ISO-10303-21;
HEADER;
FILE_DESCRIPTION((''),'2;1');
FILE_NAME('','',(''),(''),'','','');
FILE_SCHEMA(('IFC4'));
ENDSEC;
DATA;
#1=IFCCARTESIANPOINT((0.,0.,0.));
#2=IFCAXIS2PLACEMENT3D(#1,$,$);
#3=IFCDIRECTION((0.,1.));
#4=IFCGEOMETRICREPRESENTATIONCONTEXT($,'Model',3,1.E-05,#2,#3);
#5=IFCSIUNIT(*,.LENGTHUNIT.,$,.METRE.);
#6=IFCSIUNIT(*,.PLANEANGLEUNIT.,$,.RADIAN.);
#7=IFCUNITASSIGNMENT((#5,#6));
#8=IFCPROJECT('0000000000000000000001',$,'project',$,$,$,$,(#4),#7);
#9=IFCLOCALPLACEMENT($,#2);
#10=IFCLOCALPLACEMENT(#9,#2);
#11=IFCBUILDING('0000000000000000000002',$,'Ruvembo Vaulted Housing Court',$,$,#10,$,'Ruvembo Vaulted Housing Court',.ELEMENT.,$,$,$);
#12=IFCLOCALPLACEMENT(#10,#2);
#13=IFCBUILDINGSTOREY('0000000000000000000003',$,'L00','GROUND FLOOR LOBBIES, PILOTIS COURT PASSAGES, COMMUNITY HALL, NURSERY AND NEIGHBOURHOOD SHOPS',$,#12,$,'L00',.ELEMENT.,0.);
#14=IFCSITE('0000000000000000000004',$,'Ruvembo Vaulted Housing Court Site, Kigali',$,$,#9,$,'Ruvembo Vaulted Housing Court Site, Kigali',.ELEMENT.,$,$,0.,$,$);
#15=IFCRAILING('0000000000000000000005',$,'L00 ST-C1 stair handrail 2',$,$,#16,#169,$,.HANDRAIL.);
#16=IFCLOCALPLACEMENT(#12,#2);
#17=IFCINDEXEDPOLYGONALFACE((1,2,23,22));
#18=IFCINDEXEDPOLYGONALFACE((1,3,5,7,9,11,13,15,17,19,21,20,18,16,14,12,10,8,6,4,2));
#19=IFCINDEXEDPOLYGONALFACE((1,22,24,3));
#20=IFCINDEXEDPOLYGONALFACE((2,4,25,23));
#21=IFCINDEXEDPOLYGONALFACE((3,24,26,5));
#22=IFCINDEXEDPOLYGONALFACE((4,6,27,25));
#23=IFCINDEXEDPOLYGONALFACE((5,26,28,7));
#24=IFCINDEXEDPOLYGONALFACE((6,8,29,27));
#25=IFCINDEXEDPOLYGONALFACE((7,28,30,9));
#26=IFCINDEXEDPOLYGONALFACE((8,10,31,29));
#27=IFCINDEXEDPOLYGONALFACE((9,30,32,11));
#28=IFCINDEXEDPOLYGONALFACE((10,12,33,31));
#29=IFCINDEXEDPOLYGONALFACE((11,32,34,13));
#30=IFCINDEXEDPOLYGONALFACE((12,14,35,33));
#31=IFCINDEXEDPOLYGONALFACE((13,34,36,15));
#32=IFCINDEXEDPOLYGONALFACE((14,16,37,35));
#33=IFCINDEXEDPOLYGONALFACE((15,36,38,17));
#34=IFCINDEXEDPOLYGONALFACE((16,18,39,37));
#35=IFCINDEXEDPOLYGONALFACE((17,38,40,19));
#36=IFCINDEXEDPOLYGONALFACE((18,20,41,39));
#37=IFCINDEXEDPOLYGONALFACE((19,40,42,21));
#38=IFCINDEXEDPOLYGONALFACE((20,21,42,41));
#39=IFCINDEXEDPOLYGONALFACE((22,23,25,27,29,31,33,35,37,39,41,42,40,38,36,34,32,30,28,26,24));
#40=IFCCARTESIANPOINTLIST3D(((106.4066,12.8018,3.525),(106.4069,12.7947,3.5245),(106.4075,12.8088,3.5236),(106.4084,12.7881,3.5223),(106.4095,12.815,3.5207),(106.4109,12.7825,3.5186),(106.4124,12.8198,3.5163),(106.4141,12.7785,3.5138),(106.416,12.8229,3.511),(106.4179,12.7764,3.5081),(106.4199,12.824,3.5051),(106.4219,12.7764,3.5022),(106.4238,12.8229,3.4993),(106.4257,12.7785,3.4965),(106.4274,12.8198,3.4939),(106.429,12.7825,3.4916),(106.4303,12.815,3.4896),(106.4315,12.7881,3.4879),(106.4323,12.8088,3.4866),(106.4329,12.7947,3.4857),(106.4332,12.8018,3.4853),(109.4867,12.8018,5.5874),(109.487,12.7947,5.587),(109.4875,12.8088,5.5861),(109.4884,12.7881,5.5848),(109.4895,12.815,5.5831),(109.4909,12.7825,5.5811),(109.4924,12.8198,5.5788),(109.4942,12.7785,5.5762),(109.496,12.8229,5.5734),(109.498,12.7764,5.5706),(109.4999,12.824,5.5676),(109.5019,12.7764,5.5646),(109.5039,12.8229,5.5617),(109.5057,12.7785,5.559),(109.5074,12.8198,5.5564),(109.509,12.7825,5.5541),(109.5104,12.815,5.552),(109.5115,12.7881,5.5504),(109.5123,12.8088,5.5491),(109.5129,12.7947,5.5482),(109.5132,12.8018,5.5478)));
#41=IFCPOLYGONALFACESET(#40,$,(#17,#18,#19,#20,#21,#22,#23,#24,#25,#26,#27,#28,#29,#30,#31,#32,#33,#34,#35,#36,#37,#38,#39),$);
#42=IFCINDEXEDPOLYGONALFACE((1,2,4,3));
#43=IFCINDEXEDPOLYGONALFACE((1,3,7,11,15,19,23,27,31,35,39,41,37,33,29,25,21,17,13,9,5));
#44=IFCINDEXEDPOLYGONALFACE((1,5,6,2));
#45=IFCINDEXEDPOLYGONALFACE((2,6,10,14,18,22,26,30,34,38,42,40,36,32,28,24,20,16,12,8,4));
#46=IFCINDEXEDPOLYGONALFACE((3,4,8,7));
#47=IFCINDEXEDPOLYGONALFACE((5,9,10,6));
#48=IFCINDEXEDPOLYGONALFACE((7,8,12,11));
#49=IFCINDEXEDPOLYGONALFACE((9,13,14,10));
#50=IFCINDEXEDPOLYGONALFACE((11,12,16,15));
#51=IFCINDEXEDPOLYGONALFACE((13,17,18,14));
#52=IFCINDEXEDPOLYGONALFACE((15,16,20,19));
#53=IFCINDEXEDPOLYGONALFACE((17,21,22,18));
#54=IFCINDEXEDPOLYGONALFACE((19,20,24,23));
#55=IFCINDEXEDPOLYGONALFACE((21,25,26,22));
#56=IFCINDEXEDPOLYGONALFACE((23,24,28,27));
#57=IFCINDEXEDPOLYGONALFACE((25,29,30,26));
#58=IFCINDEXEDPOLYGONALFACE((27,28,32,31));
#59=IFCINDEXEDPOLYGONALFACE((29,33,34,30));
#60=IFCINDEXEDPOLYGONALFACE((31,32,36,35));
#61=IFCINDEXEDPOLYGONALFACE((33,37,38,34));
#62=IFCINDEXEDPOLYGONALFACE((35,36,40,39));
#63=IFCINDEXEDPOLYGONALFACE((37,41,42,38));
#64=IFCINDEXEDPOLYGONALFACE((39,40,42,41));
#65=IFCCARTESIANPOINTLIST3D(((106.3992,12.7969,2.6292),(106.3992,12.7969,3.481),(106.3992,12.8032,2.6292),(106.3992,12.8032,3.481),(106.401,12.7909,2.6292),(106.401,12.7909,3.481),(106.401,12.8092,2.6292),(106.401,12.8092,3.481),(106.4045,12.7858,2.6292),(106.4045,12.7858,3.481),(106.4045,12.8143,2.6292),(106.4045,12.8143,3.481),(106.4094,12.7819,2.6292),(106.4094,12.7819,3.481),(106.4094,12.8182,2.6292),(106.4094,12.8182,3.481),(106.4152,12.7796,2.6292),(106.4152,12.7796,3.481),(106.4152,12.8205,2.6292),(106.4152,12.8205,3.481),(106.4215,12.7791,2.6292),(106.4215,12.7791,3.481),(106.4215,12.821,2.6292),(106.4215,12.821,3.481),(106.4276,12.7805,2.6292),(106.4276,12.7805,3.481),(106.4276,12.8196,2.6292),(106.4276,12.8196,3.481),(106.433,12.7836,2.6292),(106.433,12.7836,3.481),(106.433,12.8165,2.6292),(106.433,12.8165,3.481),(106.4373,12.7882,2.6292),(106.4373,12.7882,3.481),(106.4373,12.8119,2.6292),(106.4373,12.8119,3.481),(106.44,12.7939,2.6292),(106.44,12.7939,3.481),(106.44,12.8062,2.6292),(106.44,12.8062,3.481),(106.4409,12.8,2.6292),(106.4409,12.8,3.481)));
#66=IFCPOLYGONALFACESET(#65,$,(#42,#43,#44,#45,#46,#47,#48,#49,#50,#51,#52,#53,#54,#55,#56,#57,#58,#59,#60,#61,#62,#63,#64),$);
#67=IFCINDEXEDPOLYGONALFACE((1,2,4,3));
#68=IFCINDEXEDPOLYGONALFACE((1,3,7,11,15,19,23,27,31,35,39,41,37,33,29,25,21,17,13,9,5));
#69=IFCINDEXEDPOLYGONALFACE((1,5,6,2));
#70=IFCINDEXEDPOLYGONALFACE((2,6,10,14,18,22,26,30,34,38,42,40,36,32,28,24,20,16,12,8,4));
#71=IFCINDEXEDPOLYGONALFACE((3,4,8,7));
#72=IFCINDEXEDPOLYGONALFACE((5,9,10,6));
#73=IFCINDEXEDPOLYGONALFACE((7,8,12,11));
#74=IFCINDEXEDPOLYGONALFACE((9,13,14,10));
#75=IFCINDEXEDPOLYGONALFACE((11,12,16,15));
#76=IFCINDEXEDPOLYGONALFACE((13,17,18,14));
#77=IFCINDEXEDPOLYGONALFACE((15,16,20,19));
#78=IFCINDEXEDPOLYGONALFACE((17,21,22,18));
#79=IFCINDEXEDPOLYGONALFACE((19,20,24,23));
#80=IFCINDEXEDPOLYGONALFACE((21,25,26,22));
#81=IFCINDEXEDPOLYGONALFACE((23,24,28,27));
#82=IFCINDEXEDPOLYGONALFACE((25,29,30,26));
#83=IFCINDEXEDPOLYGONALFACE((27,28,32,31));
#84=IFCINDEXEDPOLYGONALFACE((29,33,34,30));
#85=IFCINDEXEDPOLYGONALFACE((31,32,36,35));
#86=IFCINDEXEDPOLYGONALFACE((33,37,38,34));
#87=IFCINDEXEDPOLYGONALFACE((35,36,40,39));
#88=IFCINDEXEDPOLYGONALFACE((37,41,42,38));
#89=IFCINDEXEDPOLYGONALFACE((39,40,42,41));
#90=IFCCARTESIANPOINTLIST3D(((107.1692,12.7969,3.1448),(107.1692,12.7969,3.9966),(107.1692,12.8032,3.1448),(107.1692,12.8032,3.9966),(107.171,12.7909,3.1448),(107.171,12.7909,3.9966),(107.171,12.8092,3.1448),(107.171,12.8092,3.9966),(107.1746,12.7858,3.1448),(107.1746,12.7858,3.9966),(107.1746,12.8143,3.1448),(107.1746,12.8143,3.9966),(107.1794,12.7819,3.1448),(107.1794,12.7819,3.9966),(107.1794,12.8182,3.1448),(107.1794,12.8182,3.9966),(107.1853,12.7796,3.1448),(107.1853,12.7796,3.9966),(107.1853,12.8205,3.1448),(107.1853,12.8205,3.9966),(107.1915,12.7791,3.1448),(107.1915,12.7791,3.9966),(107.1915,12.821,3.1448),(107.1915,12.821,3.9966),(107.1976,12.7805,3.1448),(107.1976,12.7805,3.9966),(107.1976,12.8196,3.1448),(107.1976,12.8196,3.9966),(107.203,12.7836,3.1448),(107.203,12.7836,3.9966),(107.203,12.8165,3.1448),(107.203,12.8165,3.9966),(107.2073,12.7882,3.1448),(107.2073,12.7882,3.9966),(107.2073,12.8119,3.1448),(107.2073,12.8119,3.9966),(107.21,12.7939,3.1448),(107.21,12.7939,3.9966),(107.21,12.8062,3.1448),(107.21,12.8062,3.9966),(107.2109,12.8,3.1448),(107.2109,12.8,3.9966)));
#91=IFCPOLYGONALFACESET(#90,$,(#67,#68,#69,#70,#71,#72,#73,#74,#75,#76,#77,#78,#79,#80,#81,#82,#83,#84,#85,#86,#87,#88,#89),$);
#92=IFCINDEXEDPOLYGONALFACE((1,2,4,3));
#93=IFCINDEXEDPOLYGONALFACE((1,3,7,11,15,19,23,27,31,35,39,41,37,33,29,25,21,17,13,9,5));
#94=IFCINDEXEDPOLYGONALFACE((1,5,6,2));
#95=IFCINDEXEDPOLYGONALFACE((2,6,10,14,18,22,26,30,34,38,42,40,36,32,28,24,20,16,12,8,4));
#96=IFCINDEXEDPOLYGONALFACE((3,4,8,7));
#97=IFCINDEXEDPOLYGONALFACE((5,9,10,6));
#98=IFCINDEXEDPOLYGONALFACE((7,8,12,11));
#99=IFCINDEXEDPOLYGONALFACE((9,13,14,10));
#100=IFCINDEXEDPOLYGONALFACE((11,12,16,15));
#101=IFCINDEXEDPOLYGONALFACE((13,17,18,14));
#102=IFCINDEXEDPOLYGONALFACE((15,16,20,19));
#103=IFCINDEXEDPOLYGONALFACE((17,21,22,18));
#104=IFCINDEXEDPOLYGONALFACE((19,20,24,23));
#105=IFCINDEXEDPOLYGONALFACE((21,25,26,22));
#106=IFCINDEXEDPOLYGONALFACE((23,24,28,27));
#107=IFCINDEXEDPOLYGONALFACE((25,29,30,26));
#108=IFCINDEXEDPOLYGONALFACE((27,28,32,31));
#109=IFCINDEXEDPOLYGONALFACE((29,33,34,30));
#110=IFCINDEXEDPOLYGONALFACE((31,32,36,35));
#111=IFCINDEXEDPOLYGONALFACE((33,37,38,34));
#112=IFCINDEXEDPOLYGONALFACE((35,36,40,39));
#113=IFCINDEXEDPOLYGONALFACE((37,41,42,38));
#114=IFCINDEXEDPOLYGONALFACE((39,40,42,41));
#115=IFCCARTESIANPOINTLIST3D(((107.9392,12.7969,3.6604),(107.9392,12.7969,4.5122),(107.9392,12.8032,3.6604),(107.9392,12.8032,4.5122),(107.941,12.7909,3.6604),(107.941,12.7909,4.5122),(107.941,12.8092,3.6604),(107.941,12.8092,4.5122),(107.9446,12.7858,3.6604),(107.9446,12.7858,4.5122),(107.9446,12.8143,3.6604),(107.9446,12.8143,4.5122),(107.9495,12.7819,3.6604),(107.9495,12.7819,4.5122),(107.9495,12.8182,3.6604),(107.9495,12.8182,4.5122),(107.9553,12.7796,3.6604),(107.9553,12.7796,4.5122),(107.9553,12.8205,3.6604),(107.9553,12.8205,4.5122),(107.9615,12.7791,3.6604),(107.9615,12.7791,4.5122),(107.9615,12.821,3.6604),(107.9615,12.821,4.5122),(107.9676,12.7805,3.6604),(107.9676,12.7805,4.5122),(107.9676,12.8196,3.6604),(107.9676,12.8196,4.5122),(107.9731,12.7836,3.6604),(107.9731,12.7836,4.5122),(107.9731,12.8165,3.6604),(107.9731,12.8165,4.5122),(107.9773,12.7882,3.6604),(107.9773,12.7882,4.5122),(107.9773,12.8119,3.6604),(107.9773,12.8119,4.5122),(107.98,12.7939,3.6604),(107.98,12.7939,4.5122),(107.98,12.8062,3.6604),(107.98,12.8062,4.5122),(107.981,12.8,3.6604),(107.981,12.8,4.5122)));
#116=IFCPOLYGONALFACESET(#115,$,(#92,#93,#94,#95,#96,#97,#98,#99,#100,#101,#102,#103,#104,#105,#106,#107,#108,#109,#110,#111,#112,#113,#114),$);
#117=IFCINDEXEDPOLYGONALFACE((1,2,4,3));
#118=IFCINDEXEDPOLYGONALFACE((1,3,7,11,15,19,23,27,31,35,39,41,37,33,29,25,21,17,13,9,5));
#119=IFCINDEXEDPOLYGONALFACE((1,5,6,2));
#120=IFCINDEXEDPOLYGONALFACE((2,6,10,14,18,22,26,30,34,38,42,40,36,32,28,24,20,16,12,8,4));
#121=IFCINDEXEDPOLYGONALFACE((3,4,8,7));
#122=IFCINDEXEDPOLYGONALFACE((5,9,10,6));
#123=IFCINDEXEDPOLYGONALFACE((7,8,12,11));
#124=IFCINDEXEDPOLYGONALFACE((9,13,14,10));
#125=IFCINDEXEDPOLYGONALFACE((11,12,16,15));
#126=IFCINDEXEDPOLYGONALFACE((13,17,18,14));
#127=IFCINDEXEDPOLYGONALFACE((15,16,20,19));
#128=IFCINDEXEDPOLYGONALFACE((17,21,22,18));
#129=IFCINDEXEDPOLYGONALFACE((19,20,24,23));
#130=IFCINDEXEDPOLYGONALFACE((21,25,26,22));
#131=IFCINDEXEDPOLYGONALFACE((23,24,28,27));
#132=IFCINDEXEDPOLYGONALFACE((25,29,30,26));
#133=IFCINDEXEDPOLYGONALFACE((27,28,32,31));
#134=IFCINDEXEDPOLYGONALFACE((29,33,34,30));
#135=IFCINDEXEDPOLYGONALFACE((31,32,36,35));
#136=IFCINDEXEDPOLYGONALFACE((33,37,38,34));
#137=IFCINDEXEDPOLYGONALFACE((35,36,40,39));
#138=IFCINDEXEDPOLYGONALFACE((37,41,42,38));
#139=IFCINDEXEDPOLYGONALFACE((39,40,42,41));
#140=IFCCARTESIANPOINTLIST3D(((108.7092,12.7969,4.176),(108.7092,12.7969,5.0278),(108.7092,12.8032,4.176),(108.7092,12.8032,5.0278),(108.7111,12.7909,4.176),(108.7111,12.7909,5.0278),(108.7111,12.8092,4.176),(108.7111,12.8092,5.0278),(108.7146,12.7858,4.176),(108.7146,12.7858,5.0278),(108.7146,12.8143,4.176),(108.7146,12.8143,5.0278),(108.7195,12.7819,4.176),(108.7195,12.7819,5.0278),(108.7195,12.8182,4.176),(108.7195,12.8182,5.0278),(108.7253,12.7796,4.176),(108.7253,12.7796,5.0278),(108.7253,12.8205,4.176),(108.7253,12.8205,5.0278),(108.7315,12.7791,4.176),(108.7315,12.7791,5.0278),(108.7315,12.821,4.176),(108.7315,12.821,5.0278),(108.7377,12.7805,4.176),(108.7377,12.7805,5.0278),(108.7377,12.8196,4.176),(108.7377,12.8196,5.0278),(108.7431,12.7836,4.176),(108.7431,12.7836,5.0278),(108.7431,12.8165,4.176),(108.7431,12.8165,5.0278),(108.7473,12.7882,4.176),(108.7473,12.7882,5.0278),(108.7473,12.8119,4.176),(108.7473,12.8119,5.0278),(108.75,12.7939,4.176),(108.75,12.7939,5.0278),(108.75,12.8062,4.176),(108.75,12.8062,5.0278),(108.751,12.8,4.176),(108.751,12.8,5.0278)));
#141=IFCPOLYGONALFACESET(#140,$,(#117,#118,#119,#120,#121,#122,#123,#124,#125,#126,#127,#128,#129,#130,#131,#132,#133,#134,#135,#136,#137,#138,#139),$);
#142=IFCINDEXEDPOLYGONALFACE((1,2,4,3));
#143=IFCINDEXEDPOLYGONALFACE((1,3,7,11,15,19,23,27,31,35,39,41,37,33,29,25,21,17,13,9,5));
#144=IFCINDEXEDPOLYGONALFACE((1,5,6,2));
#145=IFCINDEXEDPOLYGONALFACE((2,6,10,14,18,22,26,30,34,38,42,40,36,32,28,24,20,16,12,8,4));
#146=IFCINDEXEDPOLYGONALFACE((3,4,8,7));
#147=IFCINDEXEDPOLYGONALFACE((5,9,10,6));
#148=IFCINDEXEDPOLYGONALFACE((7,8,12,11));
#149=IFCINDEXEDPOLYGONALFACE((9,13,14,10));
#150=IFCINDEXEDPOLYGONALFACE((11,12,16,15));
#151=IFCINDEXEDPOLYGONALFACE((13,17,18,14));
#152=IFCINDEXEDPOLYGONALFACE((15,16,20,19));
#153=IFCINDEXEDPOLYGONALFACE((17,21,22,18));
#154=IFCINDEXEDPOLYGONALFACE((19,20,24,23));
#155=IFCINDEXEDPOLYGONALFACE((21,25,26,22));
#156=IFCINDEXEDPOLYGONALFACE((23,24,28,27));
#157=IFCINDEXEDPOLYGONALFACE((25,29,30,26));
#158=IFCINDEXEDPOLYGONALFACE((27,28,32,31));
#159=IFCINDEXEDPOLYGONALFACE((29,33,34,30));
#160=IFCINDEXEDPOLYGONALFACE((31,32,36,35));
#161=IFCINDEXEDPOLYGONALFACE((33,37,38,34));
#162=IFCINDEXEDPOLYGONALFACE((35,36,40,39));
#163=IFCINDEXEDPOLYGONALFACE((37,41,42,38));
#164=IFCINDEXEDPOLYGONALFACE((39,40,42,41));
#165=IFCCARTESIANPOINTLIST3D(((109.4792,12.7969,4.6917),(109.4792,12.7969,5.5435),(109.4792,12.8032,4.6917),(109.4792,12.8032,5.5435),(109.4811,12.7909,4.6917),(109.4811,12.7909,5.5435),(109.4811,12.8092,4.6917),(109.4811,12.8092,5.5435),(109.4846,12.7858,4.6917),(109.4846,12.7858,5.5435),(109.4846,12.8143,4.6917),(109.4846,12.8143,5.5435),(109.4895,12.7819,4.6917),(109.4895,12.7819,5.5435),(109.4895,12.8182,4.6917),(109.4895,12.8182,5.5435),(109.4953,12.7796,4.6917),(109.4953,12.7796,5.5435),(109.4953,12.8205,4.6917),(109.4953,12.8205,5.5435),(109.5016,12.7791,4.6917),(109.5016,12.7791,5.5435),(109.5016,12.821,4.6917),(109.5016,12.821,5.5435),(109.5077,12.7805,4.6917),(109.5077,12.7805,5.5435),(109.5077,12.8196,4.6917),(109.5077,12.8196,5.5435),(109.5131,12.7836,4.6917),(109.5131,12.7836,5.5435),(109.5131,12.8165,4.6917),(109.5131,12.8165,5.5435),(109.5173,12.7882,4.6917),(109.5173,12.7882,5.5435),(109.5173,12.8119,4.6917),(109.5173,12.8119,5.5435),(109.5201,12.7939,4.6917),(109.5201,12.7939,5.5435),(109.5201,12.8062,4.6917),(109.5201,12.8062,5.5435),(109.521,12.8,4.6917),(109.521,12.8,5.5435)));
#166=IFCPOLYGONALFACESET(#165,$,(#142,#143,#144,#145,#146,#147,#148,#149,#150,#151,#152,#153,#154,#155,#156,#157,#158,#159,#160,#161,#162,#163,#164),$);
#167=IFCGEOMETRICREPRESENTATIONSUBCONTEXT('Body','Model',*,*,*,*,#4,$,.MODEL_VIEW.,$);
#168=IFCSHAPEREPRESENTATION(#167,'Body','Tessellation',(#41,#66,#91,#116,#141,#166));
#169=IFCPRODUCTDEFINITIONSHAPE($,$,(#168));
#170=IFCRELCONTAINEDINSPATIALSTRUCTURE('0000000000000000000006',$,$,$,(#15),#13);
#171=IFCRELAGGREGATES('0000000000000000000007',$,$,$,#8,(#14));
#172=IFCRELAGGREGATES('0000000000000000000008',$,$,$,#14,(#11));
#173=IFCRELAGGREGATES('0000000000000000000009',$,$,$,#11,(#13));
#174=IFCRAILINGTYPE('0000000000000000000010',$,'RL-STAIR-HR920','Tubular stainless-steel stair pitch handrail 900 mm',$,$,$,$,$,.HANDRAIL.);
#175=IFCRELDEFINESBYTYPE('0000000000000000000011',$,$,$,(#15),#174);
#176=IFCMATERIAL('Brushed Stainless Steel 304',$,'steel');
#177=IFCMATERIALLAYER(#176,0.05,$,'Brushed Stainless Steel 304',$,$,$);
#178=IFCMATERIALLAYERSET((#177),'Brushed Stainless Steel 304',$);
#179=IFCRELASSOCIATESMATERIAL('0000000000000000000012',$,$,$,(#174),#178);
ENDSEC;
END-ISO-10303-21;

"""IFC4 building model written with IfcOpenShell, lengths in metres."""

from ifc_helpers import new_model, si_unit, direction, frame, origin, origin_2d, place, context, subcontext, project, spatial, circle, extrude, material, layer, layer_set, type_object, element, save


model = new_model("IFC4")

# Units and contexts
model_context = context("Model", 3, precision=1e-05, world=origin(), true_north=direction((0.0, 1.0)))
body_context = subcontext(model_context, "Body", "Model", "MODEL_VIEW")
ifc_project = project(units=[si_unit("LENGTHUNIT", "METRE"), si_unit("PLANEANGLEUNIT", "RADIAN")], contexts=[model_context])

# Site, building, storey
site_placement = place(None, origin())
site = spatial("IfcSite", under=ifc_project, at=site_placement, Name="Ruvembo Vaulted Housing Court Site, Kigali", LongName="Ruvembo Vaulted Housing Court Site, Kigali", CompositionType="ELEMENT", RefElevation=0.0)
building_placement = place(site_placement, origin())
building = spatial("IfcBuilding", under=site, at=building_placement, Name="Ruvembo Vaulted Housing Court", LongName="Ruvembo Vaulted Housing Court", CompositionType="ELEMENT")
storey_placement = place(building_placement, origin())
storey = spatial("IfcBuildingStorey", under=building, at=storey_placement, Name="L00", Description="GROUND FLOOR LOBBIES, PILOTIS COURT PASSAGES, COMMUNITY HALL, NURSERY AND NEIGHBOURHOOD SHOPS", LongName="L00", CompositionType="ELEMENT", Elevation=0.0)

# Railing
ifc_material_1 = material(Name="Brushed Stainless Steel 304", Category="steel")
ifc_layer_1 = layer(ifc_material_1, 0.05, Name="Brushed Stainless Steel 304")
ifc_layer_set_1 = layer_set([ifc_layer_1], Name="Brushed Stainless Steel 304")
railing_type_1 = type_object("IfcRailingType", Name="RL-STAIR-HR920", Description="Tubular stainless-steel stair pitch handrail 900 mm", PredefinedType="HANDRAIL", material=ifc_layer_set_1)
railing_1_placement = place(storey_placement, frame((106.4199, 12.8, 2.6292)))
element("IfcRailing", 1, at=railing_1_placement, inside=storey, type_object=railing_type_1, Name="L00 ST-C1 stair handrail 2", PredefinedType="HANDRAIL", context=body_context, shape_type="SweptSolid", body=[
    extrude(circle(Radius=0.0239, at=origin_2d()), frame((0.0, 0.0, 0.876), z_axis=(0.830914, 0.0, 0.556401), x_axis=(0.0, 1.0, 0.0)), (0.0, 0.0, 1.0), 3.7068),
    extrude(circle(Radius=0.021, at=origin_2d()), origin(), (0.0, 0.0, 1.0), 0.8518),
    extrude(circle(Radius=0.021, at=origin_2d()), frame((0.77, 0.0, 0.5156)), (0.0, 0.0, 1.0), 0.8518),
    extrude(circle(Radius=0.021, at=origin_2d()), frame((1.54, 0.0, 1.0312)), (0.0, 0.0, 1.0), 0.8518),
    extrude(circle(Radius=0.021, at=origin_2d()), frame((2.3101, 0.0, 1.5469)), (0.0, 0.0, 1.0), 0.8518),
    extrude(circle(Radius=0.021, at=origin_2d()), frame((3.0801, 0.0, 2.0625)), (0.0, 0.0, 1.0), 0.8518),
])

save(model, "model.ifc")
